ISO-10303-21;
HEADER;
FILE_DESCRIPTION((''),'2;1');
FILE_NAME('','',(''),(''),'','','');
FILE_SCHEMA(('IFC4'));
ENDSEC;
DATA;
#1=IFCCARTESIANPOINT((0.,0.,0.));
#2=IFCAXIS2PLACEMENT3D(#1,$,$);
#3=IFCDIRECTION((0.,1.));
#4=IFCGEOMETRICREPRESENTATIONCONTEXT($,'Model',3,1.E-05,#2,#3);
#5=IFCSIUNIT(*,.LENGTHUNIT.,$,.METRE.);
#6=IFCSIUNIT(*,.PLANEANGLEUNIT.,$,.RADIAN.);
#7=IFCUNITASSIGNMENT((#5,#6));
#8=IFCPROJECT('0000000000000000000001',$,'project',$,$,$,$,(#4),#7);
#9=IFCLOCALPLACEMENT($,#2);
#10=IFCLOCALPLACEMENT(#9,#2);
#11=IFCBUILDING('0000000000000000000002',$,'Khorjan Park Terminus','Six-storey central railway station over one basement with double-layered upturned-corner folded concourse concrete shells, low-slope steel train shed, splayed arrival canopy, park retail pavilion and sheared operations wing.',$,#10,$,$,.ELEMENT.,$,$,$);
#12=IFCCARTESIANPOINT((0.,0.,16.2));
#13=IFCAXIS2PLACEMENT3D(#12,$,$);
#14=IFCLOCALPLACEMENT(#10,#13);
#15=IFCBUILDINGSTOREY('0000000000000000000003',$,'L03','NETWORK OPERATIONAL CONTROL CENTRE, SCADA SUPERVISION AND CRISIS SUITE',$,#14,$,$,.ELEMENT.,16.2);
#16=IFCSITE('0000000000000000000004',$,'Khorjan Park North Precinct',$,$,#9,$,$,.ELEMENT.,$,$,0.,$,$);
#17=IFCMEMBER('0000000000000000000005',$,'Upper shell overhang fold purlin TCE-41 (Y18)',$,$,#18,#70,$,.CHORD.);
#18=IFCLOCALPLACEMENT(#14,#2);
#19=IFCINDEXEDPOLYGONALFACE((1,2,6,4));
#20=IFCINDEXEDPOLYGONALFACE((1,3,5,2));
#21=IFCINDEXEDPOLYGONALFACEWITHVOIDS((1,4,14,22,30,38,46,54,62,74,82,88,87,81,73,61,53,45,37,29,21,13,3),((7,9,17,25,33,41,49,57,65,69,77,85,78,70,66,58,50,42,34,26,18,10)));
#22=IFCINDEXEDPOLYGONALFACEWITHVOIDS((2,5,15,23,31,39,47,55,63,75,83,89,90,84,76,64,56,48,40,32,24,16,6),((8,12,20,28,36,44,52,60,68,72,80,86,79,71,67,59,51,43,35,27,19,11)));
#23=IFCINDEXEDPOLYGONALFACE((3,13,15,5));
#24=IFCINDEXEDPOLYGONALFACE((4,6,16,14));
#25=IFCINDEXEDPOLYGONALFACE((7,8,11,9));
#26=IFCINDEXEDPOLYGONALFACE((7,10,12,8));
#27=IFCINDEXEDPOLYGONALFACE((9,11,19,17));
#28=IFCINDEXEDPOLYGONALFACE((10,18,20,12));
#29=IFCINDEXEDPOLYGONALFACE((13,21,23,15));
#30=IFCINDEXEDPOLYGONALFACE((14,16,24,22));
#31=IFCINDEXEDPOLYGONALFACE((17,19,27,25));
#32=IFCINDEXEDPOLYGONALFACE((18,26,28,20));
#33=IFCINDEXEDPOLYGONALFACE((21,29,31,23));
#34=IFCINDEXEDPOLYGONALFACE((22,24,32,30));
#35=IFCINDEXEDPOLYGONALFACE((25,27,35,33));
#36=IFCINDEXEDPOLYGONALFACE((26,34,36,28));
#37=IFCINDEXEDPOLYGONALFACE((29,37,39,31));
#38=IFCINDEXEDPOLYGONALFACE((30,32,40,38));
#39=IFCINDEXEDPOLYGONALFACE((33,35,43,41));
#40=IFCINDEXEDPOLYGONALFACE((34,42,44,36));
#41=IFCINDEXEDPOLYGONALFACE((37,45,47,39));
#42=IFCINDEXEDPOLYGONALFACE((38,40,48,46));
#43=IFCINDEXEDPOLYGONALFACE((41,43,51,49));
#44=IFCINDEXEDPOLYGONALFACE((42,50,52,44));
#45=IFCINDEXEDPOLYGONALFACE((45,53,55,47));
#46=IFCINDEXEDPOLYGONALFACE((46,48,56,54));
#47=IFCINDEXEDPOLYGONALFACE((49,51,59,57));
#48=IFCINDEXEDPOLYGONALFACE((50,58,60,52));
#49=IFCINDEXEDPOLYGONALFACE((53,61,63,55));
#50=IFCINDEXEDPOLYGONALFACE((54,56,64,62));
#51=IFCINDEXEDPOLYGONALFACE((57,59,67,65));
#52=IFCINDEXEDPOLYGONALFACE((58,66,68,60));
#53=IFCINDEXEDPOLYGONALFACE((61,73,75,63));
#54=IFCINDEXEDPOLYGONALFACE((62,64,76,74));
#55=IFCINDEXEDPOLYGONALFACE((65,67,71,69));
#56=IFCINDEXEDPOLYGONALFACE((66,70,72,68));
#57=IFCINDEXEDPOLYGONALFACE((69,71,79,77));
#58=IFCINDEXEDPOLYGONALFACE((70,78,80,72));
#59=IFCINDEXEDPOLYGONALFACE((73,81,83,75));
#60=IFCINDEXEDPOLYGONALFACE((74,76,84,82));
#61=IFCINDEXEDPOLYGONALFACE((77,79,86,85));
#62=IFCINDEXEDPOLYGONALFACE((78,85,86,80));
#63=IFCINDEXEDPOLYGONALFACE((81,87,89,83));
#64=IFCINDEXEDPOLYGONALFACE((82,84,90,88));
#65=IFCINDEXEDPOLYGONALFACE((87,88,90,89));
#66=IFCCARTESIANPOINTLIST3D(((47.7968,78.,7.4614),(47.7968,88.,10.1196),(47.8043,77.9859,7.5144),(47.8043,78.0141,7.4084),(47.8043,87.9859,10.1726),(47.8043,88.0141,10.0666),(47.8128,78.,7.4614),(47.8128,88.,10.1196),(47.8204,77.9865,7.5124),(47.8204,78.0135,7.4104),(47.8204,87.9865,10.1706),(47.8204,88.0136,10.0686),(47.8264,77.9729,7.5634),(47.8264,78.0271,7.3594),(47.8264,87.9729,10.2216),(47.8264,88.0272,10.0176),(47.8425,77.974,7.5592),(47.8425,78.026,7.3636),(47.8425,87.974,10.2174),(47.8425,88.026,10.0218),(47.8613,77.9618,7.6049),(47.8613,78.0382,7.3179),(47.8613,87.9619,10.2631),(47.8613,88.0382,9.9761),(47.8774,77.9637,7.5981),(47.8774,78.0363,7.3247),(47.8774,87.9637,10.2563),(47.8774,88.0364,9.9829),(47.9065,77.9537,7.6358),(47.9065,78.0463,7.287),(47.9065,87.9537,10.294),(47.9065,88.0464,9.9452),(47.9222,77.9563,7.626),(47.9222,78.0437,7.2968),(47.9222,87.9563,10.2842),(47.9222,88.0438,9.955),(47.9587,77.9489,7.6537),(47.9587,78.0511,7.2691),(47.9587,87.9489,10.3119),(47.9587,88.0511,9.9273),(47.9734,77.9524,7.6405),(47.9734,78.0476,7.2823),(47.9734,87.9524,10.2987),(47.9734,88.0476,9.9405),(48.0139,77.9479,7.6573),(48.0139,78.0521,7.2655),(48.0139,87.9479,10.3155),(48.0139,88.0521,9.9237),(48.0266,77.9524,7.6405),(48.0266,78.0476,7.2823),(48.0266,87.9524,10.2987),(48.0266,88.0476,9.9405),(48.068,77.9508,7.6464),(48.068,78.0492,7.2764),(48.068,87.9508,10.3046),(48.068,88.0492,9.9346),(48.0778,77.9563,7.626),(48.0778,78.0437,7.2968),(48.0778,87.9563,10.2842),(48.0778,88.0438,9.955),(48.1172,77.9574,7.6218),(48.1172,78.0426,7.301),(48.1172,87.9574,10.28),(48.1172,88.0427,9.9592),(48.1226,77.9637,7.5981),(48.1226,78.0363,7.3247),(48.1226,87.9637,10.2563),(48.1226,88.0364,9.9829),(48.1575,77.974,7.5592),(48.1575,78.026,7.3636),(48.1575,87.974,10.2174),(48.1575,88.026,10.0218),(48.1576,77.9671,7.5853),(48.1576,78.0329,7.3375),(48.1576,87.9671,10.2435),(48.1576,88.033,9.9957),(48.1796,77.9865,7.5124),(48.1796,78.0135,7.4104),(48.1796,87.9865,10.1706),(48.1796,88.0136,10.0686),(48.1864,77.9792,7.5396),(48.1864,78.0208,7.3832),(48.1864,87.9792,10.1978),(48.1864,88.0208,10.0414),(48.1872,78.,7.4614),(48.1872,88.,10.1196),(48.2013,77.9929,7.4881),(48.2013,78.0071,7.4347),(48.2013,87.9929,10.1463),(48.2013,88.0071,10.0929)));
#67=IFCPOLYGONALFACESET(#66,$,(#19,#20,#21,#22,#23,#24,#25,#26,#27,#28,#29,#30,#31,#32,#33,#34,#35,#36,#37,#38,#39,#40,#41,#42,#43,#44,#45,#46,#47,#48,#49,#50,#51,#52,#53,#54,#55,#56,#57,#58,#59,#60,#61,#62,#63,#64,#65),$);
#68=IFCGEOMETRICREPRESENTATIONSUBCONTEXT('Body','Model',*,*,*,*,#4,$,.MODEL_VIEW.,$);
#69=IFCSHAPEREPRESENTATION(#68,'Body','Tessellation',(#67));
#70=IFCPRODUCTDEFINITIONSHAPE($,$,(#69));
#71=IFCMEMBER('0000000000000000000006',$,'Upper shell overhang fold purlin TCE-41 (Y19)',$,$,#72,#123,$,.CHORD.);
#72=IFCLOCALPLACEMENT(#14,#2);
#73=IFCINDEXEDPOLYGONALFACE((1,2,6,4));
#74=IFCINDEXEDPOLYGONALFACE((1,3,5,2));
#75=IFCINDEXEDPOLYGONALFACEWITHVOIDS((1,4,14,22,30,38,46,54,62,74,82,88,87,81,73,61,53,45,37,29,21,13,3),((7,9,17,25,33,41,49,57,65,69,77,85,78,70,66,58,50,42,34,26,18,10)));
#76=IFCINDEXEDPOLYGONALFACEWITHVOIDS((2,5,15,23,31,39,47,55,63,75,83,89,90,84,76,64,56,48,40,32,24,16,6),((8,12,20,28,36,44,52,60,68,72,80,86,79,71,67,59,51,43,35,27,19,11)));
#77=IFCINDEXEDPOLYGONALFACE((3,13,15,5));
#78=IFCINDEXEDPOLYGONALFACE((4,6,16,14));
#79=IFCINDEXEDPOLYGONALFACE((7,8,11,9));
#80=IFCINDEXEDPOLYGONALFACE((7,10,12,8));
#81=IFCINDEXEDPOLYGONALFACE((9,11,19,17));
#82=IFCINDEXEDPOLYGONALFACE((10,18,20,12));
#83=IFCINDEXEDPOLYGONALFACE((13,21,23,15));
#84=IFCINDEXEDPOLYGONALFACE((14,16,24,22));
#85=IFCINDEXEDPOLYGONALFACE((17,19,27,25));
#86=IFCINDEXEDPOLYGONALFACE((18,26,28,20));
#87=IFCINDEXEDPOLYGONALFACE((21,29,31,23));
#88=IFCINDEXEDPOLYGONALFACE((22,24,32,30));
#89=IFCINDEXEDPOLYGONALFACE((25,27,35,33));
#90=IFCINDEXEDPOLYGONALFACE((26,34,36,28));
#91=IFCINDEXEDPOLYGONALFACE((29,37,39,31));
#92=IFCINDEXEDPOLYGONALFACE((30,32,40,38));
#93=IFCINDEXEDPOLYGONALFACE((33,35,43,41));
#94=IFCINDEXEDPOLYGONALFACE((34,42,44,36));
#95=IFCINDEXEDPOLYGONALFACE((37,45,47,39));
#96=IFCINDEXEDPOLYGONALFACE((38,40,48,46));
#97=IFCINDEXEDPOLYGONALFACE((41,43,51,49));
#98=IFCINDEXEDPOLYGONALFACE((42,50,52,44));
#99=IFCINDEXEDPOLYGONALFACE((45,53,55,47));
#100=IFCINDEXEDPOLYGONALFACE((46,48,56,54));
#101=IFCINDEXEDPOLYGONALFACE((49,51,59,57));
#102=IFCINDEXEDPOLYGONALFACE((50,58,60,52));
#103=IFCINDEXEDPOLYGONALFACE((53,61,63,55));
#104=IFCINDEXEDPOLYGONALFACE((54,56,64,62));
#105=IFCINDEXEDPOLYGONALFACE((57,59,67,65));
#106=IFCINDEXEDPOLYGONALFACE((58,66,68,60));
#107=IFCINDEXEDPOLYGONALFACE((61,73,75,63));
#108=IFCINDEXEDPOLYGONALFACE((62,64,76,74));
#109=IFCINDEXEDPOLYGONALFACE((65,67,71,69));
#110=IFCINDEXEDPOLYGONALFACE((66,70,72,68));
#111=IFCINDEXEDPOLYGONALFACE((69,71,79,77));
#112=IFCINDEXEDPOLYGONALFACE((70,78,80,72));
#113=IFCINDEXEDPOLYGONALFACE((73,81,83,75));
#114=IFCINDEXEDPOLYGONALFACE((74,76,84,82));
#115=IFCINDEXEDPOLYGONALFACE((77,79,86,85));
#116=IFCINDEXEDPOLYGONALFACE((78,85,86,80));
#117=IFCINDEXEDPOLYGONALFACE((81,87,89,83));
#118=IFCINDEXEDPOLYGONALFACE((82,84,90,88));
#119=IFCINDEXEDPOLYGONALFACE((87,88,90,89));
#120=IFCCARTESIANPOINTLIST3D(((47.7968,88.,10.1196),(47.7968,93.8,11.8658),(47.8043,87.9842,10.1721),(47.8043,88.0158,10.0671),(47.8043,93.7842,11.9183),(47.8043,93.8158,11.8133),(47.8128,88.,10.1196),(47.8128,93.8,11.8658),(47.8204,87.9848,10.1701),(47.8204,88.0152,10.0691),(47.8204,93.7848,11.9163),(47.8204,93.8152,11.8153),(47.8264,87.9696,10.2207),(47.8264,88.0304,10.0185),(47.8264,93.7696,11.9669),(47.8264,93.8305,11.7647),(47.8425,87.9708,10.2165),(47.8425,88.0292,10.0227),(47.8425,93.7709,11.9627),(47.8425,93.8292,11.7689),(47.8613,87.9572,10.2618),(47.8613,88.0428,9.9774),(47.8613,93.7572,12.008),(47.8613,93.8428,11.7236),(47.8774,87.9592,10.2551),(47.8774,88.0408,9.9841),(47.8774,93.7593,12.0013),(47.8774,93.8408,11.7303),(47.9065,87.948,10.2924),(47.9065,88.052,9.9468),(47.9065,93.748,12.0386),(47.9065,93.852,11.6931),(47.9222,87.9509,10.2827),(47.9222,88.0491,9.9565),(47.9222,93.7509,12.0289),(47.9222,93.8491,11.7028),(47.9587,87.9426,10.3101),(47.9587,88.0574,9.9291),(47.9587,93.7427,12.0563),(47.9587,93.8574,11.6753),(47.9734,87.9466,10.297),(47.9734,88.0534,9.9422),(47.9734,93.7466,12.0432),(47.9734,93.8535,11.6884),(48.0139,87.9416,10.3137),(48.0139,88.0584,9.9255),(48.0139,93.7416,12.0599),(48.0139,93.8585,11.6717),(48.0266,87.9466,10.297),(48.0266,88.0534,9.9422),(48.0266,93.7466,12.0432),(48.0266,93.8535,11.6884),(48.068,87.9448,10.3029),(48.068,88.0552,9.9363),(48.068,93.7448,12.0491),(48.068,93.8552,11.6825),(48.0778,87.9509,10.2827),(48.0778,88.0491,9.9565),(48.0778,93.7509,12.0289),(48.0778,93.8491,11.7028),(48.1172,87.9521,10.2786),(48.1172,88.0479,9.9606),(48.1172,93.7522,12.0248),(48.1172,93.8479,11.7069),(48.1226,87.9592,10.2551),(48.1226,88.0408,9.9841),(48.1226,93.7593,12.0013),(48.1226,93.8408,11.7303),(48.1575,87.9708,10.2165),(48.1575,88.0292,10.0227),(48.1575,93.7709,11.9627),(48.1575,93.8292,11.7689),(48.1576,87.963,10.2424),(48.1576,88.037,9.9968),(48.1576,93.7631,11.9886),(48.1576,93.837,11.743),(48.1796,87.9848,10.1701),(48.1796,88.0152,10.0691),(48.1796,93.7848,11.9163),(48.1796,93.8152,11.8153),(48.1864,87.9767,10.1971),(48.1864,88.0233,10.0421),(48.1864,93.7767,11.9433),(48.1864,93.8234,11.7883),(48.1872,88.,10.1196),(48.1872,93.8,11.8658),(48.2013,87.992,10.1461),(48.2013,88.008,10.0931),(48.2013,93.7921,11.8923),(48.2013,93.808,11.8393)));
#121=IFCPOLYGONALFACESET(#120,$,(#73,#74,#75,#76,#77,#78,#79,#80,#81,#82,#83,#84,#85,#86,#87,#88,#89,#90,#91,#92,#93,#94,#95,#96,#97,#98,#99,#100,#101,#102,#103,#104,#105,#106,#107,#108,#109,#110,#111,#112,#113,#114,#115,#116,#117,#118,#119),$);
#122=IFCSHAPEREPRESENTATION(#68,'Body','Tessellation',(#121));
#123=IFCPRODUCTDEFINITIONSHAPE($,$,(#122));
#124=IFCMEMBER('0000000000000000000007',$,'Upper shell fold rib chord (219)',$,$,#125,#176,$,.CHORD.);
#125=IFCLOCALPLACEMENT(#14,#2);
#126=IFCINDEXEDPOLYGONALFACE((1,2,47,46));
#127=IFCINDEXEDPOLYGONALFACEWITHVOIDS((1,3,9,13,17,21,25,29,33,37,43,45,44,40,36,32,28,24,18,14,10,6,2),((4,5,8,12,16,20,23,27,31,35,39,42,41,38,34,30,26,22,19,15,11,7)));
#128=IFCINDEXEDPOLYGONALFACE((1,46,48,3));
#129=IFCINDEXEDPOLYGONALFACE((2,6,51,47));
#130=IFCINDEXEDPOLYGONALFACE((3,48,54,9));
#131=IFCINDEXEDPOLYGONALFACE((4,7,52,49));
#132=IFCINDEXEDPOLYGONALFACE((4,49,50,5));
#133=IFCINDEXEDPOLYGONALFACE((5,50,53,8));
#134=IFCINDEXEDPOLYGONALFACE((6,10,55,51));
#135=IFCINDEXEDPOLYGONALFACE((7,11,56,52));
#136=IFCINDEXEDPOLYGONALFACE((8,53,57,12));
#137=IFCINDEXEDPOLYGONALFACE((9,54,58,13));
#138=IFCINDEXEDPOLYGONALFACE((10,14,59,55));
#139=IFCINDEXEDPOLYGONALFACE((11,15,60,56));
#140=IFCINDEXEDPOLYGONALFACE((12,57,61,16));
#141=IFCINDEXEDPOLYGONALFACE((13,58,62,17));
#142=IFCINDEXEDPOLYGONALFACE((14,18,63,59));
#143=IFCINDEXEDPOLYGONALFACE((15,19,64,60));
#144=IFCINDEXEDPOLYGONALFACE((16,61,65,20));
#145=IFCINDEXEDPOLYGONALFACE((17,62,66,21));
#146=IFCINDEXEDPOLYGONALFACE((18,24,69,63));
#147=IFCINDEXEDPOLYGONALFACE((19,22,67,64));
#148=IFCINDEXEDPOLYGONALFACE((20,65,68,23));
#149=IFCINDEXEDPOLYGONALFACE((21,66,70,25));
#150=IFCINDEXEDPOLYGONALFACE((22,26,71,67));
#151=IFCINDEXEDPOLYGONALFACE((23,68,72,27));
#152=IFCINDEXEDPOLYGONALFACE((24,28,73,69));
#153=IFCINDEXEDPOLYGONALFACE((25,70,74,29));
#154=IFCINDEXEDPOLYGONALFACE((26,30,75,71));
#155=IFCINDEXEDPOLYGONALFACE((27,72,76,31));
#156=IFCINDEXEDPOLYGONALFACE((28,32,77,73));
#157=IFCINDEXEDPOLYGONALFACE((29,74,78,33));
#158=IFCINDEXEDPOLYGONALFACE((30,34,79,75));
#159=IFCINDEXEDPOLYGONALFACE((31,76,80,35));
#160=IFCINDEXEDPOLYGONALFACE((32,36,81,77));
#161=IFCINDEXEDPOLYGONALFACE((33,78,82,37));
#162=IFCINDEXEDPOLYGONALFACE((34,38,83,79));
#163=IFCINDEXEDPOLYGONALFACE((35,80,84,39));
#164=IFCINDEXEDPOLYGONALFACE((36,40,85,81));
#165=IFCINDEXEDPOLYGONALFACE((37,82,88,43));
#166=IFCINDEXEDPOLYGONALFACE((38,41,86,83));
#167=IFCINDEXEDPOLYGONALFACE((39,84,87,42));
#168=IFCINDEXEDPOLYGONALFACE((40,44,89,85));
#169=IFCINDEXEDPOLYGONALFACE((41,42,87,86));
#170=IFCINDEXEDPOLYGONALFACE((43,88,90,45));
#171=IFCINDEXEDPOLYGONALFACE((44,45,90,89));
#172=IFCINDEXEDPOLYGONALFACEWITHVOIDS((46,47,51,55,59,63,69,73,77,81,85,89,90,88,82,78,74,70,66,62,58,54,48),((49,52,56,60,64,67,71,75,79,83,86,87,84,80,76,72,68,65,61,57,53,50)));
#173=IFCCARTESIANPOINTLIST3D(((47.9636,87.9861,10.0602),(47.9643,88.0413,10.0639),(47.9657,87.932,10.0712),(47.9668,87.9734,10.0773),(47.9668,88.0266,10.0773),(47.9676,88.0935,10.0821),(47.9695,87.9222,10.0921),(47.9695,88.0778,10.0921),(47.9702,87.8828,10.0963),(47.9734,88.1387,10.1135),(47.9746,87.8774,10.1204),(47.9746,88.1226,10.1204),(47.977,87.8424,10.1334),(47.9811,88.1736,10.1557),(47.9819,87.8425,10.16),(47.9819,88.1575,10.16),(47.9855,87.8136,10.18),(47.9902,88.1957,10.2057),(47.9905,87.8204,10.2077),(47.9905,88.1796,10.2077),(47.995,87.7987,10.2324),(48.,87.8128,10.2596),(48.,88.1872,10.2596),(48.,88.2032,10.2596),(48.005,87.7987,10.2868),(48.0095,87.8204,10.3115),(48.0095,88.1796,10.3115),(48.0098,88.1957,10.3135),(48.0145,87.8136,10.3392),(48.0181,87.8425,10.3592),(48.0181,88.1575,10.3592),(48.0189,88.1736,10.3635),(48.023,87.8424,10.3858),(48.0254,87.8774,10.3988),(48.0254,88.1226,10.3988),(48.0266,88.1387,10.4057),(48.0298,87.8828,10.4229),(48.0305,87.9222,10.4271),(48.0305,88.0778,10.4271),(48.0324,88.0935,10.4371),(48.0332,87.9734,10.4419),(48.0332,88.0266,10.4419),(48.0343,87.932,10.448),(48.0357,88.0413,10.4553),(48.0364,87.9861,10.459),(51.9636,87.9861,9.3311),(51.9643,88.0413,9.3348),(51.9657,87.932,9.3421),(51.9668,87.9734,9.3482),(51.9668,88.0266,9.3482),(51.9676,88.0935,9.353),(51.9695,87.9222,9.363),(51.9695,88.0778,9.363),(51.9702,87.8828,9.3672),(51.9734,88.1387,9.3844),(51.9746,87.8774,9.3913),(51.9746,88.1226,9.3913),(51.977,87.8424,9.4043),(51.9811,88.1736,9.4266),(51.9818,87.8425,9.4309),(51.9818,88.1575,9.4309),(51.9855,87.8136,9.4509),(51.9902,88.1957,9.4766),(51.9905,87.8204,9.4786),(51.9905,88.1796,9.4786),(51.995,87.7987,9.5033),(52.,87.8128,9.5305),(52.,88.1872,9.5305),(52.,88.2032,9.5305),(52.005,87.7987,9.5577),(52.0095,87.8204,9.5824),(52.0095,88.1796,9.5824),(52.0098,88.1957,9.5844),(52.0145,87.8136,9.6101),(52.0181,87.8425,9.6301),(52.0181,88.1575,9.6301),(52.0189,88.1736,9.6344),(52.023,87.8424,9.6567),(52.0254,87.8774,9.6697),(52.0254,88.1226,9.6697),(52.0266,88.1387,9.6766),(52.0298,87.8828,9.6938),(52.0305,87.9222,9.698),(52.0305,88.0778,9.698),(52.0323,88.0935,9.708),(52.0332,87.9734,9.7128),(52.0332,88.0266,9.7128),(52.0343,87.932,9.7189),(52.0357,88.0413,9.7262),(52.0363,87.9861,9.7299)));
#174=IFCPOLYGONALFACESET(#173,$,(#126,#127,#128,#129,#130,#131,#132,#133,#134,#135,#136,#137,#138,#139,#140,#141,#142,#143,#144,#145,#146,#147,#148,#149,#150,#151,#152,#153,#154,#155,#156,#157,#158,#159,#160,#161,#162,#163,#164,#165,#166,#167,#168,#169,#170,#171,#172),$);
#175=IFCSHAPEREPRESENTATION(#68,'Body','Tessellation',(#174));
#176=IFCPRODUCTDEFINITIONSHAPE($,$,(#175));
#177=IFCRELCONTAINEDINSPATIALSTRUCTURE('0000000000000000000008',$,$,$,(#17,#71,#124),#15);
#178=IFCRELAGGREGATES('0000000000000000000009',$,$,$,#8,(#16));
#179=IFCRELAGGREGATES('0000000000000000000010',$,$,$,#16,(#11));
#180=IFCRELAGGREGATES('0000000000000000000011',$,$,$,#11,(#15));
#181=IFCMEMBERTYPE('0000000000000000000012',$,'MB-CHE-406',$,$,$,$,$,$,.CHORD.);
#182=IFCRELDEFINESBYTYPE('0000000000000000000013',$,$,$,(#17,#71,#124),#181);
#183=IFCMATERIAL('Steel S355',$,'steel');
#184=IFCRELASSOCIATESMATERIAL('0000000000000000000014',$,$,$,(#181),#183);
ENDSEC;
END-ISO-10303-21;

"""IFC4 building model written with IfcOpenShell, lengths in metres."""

from ifc_helpers import new_model, si_unit, direction, frame, origin, origin_2d, place, context, subcontext, project, spatial, hollow_circle, extrude, material, material_profile, profile_set, type_object, element, save


model = new_model("IFC4")

# Units and contexts
model_context = context("Model", 3, precision=1e-05, world=origin(), true_north=direction((0.0, 1.0)))
body_context = subcontext(model_context, "Body", "Model", "MODEL_VIEW")
ifc_project = project(units=[si_unit("LENGTHUNIT", "METRE"), si_unit("PLANEANGLEUNIT", "RADIAN")], contexts=[model_context])

# Site, building, storey
site_placement = place(None, origin())
site = spatial("IfcSite", under=ifc_project, at=site_placement, Name="Khorjan Park North Precinct", CompositionType="ELEMENT", RefElevation=0.0)
building_placement = place(site_placement, origin())
building = spatial("IfcBuilding", under=site, at=building_placement, Name="Khorjan Park Terminus", Description="Six-storey central railway station over one basement with double-layered upturned-corner folded concourse concrete shells, low-slope steel train shed, splayed arrival canopy, park retail pavilion and sheared operations wing.", CompositionType="ELEMENT")
storey_placement = place(building_placement, frame((0.0, 0.0, 16.2)))
storey = spatial("IfcBuildingStorey", under=building, at=storey_placement, Name="L03", Description="NETWORK OPERATIONAL CONTROL CENTRE, SCADA SUPERVISION AND CRISIS SUITE", CompositionType="ELEMENT", Elevation=16.2)

# Members
ifc_material_1 = material(Name="Steel S355", Category="steel")
ifc_material_profile_1 = material_profile(ifc_material_1, hollow_circle(Radius=0.2032, WallThickness=0.016, at=origin_2d()), Name="CHS 406.4x16")
ifc_profile_set_1 = profile_set([ifc_material_profile_1], Name="Steel S355")
member_type_1 = type_object("IfcMemberType", Name="MB-CHE-406", PredefinedType="CHORD", material=ifc_profile_set_1)
member_1_placement = place(storey_placement, frame((48.0, 78.0, 7.4614), z_axis=(0.0, 0.966438, 0.256899), x_axis=(-1.0, 0.0, 0.0)))
element("IfcMember", 1, at=member_1_placement, inside=storey, type_object=member_type_1, Name="Upper shell overhang fold purlin TCE-41 (Y18)", PredefinedType="CHORD", context=body_context, shape_type="SweptSolid", body=[
    extrude(hollow_circle(Radius=0.2032, WallThickness=0.016, at=origin_2d()), origin(), (0.0, 0.0, 1.0), 10.3473),
])
member_2_placement = place(storey_placement, frame((48.0, 88.0, 10.1196), z_axis=(0.0, 0.957544, 0.288287), x_axis=(-1.0, 0.0, 0.0)))
element("IfcMember", 2, at=member_2_placement, inside=storey, type_object=member_type_1, Name="Upper shell overhang fold purlin TCE-41 (Y19)", PredefinedType="CHORD", context=body_context, shape_type="SweptSolid", body=[
    extrude(hollow_circle(Radius=0.2032, WallThickness=0.016, at=origin_2d()), origin(), (0.0, 0.0, 1.0), 6.0572),
])
member_3_placement = place(storey_placement, frame((48.0, 88.0, 10.2596), z_axis=(0.983791, 0.0, -0.17932), x_axis=(0.0, 1.0, 0.0)))
element("IfcMember", 3, at=member_3_placement, inside=storey, type_object=member_type_1, Name="Upper shell fold rib chord (219)", PredefinedType="CHORD", context=body_context, shape_type="SweptSolid", body=[
    extrude(hollow_circle(Radius=0.2032, WallThickness=0.016, at=origin_2d()), origin(), (0.0, 0.0, 1.0), 4.0659),
])

save(model, "model.ifc")
